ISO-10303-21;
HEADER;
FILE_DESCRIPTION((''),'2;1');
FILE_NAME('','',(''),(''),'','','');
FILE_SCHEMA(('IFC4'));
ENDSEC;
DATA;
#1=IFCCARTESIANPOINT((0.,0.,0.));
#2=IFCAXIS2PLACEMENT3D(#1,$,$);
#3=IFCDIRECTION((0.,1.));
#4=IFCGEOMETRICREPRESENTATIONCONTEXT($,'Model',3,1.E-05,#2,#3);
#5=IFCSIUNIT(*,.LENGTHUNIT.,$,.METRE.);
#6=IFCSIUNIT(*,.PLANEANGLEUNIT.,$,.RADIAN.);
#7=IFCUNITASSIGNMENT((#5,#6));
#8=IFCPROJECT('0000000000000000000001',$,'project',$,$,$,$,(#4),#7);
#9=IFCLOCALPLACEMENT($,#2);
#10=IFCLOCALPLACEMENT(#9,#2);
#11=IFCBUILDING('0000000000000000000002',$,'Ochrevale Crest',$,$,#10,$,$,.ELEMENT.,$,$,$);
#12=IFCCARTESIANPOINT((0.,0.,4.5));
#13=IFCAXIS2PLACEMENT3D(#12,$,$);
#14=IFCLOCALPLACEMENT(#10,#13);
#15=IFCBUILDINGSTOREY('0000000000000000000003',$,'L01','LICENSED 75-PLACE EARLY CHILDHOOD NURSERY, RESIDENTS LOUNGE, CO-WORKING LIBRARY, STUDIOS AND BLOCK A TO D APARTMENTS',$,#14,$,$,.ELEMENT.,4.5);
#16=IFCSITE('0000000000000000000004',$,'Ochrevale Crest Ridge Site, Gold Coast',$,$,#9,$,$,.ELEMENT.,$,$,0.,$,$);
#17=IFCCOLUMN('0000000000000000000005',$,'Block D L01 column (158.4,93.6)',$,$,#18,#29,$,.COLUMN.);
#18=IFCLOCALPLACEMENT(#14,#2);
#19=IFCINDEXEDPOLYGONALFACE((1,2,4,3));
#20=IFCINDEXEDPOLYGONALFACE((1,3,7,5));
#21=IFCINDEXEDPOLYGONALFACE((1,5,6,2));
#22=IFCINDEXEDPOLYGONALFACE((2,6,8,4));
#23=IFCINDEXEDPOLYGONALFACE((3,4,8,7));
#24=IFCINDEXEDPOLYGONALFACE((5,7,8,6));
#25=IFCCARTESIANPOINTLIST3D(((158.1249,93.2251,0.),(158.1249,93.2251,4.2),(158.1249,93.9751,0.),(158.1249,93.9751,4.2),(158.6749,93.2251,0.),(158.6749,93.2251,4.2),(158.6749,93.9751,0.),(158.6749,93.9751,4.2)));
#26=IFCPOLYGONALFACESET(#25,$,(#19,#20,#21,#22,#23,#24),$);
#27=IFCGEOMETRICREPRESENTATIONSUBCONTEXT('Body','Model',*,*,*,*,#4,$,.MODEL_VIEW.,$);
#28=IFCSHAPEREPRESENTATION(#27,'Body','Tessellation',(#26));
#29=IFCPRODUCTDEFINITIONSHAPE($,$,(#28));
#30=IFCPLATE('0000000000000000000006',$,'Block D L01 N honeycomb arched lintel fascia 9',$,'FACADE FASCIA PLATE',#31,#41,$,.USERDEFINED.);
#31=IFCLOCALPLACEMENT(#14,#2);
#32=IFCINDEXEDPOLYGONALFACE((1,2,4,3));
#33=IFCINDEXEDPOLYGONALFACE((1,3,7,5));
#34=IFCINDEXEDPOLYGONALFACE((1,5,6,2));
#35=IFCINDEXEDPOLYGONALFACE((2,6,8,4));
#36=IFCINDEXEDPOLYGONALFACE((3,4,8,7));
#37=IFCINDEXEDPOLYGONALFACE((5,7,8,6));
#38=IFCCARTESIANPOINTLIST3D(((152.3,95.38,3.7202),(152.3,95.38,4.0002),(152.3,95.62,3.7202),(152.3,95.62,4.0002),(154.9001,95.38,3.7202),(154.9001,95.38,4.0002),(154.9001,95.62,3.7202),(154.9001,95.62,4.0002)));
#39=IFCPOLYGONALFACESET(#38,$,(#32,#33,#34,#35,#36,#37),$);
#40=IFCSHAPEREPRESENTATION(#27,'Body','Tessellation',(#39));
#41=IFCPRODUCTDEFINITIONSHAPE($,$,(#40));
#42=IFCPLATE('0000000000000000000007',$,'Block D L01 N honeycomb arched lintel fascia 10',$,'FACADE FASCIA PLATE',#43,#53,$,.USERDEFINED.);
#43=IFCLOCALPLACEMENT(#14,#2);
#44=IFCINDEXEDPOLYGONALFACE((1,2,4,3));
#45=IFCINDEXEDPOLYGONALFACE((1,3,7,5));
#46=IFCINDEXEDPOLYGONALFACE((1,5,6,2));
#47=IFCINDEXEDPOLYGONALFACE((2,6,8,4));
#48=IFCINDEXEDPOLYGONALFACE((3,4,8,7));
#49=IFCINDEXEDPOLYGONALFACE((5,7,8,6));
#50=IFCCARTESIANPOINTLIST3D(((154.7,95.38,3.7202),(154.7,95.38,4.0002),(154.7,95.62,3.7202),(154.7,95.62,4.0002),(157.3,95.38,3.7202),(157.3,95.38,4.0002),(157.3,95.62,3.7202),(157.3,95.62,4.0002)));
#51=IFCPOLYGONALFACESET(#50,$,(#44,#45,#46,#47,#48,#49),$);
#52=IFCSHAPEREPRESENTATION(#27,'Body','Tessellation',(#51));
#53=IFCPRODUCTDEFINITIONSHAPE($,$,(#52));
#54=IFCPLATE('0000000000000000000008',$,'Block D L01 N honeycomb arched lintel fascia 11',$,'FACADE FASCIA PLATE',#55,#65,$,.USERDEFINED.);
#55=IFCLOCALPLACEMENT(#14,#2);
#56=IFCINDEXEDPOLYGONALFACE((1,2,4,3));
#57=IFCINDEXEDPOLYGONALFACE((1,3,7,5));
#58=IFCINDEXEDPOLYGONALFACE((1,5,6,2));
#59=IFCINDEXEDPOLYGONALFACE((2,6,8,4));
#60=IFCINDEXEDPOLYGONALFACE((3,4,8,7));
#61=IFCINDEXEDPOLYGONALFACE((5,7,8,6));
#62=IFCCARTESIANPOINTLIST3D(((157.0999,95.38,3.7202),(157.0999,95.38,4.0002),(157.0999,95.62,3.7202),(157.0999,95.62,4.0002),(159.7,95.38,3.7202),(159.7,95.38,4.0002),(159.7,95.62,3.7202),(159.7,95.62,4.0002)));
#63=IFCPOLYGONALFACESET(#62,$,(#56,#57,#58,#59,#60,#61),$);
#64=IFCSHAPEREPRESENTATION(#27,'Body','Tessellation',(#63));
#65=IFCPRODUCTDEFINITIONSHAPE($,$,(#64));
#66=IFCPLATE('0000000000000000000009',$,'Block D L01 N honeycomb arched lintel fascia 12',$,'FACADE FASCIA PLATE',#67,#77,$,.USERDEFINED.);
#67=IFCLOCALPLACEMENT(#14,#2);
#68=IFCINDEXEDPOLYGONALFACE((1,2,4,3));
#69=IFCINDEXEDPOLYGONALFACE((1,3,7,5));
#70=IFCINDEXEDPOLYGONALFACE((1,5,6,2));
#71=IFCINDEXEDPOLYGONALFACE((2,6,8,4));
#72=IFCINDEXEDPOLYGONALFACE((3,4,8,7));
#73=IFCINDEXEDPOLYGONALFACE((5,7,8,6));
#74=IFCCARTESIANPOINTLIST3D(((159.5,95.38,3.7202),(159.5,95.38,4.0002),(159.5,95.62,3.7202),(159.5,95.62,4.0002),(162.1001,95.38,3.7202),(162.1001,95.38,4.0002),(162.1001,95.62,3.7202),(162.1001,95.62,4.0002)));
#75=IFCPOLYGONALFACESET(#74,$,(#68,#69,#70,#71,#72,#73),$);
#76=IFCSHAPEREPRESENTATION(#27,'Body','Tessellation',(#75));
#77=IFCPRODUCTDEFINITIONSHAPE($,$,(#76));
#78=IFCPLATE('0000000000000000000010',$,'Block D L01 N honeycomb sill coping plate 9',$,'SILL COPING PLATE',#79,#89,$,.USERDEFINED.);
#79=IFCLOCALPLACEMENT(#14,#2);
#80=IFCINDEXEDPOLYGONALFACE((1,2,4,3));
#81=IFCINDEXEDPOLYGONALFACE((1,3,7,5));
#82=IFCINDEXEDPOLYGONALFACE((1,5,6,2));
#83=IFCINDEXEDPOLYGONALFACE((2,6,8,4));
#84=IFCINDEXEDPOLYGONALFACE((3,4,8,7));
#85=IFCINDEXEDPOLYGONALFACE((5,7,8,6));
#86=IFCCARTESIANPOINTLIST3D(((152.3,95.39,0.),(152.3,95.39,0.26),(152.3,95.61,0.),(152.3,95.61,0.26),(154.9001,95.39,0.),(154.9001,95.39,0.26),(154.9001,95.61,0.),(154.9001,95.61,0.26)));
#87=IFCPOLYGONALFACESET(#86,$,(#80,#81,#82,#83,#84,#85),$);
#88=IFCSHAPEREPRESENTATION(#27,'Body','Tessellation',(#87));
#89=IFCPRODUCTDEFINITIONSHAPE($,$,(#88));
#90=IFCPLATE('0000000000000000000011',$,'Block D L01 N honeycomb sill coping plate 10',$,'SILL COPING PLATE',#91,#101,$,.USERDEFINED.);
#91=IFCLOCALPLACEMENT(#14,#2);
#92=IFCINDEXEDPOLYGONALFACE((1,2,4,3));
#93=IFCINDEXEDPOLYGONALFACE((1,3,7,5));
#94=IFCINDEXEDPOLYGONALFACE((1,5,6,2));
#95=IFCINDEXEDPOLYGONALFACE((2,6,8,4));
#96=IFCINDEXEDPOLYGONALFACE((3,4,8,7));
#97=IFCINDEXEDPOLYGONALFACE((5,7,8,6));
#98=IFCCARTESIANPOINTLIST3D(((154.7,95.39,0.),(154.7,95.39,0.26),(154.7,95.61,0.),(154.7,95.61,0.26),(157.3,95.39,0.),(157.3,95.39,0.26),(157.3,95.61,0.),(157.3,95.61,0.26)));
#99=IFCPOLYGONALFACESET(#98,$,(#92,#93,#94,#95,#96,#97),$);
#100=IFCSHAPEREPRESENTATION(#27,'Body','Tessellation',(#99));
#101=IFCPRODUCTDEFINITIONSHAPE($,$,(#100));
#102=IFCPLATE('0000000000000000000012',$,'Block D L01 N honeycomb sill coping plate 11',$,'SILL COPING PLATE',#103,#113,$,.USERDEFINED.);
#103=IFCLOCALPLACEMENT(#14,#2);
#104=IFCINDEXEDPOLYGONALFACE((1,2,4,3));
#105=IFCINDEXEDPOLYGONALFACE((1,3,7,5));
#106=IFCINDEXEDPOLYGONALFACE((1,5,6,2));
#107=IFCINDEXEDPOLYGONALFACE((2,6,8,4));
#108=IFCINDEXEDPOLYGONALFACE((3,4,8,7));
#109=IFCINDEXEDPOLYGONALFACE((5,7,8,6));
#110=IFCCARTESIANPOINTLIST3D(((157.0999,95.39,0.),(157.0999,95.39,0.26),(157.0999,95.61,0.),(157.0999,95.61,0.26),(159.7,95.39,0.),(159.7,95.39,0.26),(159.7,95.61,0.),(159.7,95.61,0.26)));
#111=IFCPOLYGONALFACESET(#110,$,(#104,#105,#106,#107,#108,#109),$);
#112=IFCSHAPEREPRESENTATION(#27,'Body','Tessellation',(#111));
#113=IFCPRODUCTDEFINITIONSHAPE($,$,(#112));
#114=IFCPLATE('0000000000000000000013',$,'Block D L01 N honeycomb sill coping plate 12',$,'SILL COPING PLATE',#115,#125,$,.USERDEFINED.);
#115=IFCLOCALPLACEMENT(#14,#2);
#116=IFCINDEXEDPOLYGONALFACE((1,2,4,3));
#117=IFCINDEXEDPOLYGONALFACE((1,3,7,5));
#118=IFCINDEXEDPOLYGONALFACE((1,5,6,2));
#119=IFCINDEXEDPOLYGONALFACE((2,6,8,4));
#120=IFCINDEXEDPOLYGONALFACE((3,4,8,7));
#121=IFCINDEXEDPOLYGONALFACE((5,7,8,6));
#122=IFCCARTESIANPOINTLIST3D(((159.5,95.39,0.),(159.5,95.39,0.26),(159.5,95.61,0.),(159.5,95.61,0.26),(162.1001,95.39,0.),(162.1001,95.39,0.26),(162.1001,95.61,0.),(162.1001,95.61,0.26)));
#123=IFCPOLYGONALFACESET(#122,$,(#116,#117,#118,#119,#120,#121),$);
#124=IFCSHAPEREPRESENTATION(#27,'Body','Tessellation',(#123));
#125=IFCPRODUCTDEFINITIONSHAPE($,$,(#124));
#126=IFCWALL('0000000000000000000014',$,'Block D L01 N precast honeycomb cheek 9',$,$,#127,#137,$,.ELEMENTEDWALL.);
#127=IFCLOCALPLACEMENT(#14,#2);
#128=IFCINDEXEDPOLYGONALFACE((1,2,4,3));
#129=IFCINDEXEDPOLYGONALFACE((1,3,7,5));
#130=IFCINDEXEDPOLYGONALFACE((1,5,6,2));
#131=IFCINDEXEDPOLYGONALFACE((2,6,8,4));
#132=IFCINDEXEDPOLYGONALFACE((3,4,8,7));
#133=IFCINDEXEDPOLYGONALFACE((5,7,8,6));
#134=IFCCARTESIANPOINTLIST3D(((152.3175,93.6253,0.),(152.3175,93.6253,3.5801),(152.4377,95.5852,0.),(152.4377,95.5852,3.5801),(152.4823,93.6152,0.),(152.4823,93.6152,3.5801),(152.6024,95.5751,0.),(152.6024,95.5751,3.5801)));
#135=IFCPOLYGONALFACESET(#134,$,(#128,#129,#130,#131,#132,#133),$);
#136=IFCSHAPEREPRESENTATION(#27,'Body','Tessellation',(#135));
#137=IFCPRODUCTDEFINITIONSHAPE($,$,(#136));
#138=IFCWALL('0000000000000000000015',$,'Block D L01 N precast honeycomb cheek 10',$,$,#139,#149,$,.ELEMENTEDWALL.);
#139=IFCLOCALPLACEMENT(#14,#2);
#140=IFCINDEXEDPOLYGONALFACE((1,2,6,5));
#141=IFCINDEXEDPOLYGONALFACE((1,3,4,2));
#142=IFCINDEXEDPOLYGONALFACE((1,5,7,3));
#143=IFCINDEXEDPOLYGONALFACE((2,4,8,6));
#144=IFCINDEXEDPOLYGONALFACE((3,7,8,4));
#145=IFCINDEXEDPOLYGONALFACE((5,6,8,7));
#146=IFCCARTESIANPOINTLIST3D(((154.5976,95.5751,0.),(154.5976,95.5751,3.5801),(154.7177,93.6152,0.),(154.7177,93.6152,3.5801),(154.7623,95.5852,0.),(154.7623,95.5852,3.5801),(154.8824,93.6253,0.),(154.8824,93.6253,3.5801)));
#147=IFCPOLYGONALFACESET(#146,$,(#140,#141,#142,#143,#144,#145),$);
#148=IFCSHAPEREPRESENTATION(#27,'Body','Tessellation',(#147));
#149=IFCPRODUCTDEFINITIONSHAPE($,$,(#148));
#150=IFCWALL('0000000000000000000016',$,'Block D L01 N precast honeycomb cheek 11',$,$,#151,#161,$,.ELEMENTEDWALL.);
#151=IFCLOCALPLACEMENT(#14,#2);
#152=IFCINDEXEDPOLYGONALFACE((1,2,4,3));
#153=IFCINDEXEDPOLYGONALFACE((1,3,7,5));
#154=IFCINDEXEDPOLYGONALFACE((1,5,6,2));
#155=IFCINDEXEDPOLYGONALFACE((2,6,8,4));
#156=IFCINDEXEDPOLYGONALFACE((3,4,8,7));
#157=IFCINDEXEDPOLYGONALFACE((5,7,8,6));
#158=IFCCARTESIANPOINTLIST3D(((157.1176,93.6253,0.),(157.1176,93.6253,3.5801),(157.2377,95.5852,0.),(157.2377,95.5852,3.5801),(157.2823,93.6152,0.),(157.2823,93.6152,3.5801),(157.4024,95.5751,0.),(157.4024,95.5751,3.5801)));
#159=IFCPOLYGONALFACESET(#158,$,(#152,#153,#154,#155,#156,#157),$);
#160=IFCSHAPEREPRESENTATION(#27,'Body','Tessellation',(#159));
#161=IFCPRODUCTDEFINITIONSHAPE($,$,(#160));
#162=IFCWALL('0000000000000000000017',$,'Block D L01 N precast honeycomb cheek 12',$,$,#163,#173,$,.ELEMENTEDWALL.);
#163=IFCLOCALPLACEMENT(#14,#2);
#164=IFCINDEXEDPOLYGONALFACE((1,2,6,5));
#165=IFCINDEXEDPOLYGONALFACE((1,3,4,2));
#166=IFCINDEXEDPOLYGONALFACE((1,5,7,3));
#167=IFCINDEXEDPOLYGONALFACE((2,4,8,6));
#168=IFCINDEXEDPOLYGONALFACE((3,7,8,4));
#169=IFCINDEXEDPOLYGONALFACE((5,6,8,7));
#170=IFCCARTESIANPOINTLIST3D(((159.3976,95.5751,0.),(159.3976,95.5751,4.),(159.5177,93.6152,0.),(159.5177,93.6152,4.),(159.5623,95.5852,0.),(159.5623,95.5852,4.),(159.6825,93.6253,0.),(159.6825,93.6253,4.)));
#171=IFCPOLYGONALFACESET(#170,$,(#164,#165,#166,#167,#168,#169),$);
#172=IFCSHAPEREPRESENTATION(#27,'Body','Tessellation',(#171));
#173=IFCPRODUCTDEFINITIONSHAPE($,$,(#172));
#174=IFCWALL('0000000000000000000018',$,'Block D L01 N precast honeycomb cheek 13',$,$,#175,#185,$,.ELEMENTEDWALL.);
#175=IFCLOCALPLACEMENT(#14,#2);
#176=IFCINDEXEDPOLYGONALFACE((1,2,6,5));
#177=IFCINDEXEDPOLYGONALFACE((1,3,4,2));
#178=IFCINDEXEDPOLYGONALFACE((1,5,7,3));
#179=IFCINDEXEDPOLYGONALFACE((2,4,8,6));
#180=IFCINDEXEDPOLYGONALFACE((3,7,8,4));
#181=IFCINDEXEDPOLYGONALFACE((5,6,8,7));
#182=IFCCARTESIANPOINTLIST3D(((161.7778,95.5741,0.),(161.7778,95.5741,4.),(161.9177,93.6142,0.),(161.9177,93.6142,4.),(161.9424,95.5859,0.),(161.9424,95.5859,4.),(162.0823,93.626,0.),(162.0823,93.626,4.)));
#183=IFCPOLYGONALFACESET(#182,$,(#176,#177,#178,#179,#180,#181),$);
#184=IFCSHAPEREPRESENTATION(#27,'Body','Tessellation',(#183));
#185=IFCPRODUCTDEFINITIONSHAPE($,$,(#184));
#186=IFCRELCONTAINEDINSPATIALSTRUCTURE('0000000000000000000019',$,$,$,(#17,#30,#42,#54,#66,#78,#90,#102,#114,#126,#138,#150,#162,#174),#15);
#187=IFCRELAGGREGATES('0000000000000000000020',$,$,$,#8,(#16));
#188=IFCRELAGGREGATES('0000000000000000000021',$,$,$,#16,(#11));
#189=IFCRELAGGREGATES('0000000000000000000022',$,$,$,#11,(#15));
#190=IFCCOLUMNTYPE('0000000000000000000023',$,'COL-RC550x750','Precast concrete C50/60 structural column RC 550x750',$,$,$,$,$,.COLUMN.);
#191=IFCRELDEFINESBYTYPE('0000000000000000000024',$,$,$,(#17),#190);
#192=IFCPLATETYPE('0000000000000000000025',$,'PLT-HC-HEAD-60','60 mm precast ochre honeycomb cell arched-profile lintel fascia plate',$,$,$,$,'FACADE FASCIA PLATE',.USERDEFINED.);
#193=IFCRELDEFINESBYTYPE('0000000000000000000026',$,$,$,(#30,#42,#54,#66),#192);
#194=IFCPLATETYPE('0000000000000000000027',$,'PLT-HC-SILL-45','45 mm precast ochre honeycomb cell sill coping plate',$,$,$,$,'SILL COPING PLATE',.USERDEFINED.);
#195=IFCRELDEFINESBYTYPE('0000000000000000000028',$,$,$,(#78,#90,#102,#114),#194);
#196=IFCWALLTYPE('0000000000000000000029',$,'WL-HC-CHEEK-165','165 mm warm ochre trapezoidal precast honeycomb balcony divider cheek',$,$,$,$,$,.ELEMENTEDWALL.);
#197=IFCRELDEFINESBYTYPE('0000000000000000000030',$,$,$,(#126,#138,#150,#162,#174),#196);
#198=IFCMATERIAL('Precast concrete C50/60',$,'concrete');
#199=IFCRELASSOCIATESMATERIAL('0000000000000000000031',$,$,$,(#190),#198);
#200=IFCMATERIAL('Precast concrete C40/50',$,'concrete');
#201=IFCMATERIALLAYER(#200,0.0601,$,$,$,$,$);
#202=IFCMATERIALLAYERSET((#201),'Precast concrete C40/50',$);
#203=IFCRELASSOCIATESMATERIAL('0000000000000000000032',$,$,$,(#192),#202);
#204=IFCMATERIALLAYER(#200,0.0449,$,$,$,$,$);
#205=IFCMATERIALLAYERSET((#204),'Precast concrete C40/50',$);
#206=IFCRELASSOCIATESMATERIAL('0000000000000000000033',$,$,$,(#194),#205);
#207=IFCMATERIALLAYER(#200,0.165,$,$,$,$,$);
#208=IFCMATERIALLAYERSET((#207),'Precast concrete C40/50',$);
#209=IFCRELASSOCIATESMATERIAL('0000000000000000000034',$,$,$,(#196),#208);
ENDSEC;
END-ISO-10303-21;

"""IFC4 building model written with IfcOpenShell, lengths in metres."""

from ifc_helpers import new_model, si_unit, direction, frame, frame_2d, origin, origin_2d, place, context, subcontext, project, spatial, rectangle, extrude, material, layer, layer_set, material_profile, profile_set, type_object, element, save


model = new_model("IFC4")

# Units and contexts
model_context = context("Model", 3, precision=1e-05, world=origin(), true_north=direction((0.0, 1.0)))
body_context = subcontext(model_context, "Body", "Model", "MODEL_VIEW")
ifc_project = project(units=[si_unit("LENGTHUNIT", "METRE"), si_unit("PLANEANGLEUNIT", "RADIAN")], contexts=[model_context])

# Site, building, storey
site_placement = place(None, origin())
site = spatial("IfcSite", under=ifc_project, at=site_placement, Name="Ochrevale Crest Ridge Site, Gold Coast", CompositionType="ELEMENT", RefElevation=0.0)
building_placement = place(site_placement, origin())
building = spatial("IfcBuilding", under=site, at=building_placement, Name="Ochrevale Crest", CompositionType="ELEMENT")
storey_placement = place(building_placement, frame((0.0, 0.0, 4.5)))
storey = spatial("IfcBuildingStorey", under=building, at=storey_placement, Name="L01", Description="LICENSED 75-PLACE EARLY CHILDHOOD NURSERY, RESIDENTS LOUNGE, CO-WORKING LIBRARY, STUDIOS AND BLOCK A TO D APARTMENTS", CompositionType="ELEMENT", Elevation=4.5)

# Column
ifc_material_1 = material(Name="Precast concrete C50/60", Category="concrete")
ifc_material_profile = material_profile(ifc_material_1, rectangle(XDim=0.55, YDim=0.75, at=origin_2d()), Name="RC 550x750")
ifc_profile_set = profile_set([ifc_material_profile], Name="Precast concrete C50/60")
column_type = type_object("IfcColumnType", Name="COL-RC550x750", Description="Precast concrete C50/60 structural column RC 550x750", PredefinedType="COLUMN", material=ifc_profile_set)
column_placement = place(storey_placement, frame((158.3999, 93.6001, 0.0), z_axis=(0.0, 0.0, 1.0), x_axis=(1.0, 0.0, 0.0)))
element("IfcColumn", 1, at=column_placement, inside=storey, type_object=column_type, Name="Block D L01 column (158.4,93.6)", PredefinedType="COLUMN", context=body_context, shape_type="SweptSolid", body=[
    extrude(rectangle(XDim=0.55, YDim=0.75, at=origin_2d()), origin(), (0.0, 0.0, 1.0), 4.2),
])

# Plates
ifc_material_2 = material(Name="Precast concrete C40/50", Category="concrete")
ifc_layer_1 = layer(ifc_material_2, 0.0601)
ifc_layer_set_1 = layer_set([ifc_layer_1], Name="Precast concrete C40/50")
plate_type_1 = type_object("IfcPlateType", Name="PLT-HC-HEAD-60", Description="60 mm precast ochre honeycomb cell arched-profile lintel fascia plate", ElementType="FACADE FASCIA PLATE", PredefinedType="USERDEFINED", material=ifc_layer_set_1)
for number, where, z_axis, x_axis, name in (
    (2, (153.6001, 95.5, 3.7202), (0.0, 0.0, 1.0), (1.0, 0.0, 0.0), "Block D L01 N honeycomb arched lintel fascia 9"),
    (3, (156.0, 95.5, 3.7202), (0.0, 0.0, 1.0), (1.0, 0.0, 0.0), "Block D L01 N honeycomb arched lintel fascia 10"),
    (4, (158.3999, 95.5, 3.7202), (0.0, 0.0, 1.0), (1.0, 0.0, 0.0), "Block D L01 N honeycomb arched lintel fascia 11"),
    (5, (160.8, 95.5, 3.7202), (0.0, 0.0, 1.0), (1.0, 0.0, 0.0), "Block D L01 N honeycomb arched lintel fascia 12"),
):
    element("IfcPlate", number, at=place(storey_placement, frame(where, z_axis=z_axis, x_axis=x_axis)), inside=storey, type_object=plate_type_1, Name=name, ObjectType="FACADE FASCIA PLATE", PredefinedType="USERDEFINED", context=body_context, shape_type="SweptSolid", body=[
        extrude(rectangle(XDim=2.6001, YDim=0.24, at=origin_2d()), origin(), (0.0, 0.0, 1.0), 0.28),
    ])
ifc_layer_2 = layer(ifc_material_2, 0.0449)
ifc_layer_set_2 = layer_set([ifc_layer_2], Name="Precast concrete C40/50")
plate_type_2 = type_object("IfcPlateType", Name="PLT-HC-SILL-45", Description="45 mm precast ochre honeycomb cell sill coping plate", ElementType="SILL COPING PLATE", PredefinedType="USERDEFINED", material=ifc_layer_set_2)
for number, where, z_axis, x_axis, name in (
    (6, (153.6001, 95.5, 0.0), (0.0, 0.0, 1.0), (1.0, 0.0, 0.0), "Block D L01 N honeycomb sill coping plate 9"),
    (7, (156.0, 95.5, 0.0), (0.0, 0.0, 1.0), (1.0, 0.0, 0.0), "Block D L01 N honeycomb sill coping plate 10"),
    (8, (158.3999, 95.5, 0.0), (0.0, 0.0, 1.0), (1.0, 0.0, 0.0), "Block D L01 N honeycomb sill coping plate 11"),
    (9, (160.8, 95.5, 0.0), (0.0, 0.0, 1.0), (1.0, 0.0, 0.0), "Block D L01 N honeycomb sill coping plate 12"),
):
    element("IfcPlate", number, at=place(storey_placement, frame(where, z_axis=z_axis, x_axis=x_axis)), inside=storey, type_object=plate_type_2, Name=name, ObjectType="SILL COPING PLATE", PredefinedType="USERDEFINED", context=body_context, shape_type="SweptSolid", body=[
        extrude(rectangle(XDim=2.6001, YDim=0.22, at=origin_2d()), origin(), (0.0, 0.0, 1.0), 0.26),
    ])

# Walls
ifc_layer_3 = layer(ifc_material_2, 0.165)
ifc_layer_set_3 = layer_set([ifc_layer_3], Name="Precast concrete C40/50")
wall_type = type_object("IfcWallType", Name="WL-HC-CHEEK-165", Description="165 mm warm ochre trapezoidal precast honeycomb balcony divider cheek", PredefinedType="ELEMENTEDWALL", material=ifc_layer_set_3)
for number, where, z_axis, x_axis, name in (
    (10, (152.3999, 93.6201, 0.0), (0.0, 0.0, 1.0), (0.061171, 0.998127, 0.0), "Block D L01 N precast honeycomb cheek 9"),
    (11, (154.8, 93.6201, 0.0), (0.0, 0.0, 1.0), (-0.061171, 0.998127, 0.0), "Block D L01 N precast honeycomb cheek 10"),
    (12, (157.2, 93.6201, 0.0), (0.0, 0.0, 1.0), (0.061171, 0.998127, 0.0), "Block D L01 N precast honeycomb cheek 11"),
):
    element("IfcWall", number, at=place(storey_placement, frame(where, z_axis=z_axis, x_axis=x_axis)), inside=storey, type_object=wall_type, Name=name, PredefinedType="ELEMENTEDWALL", context=body_context, shape_type="SweptSolid", body=[
        extrude(rectangle(XDim=1.9636, YDim=0.165, at=frame_2d((0.9819, 0.0))), origin(), (0.0, 0.0, 1.0), 3.5801),
    ])
wall_1_placement = place(storey_placement, frame((159.6001, 93.6201, 0.0), z_axis=(0.0, 0.0, 1.0), x_axis=(-0.061171, 0.998127, 0.0)))
element("IfcWall", 13, at=wall_1_placement, inside=storey, type_object=wall_type, Name="Block D L01 N precast honeycomb cheek 12", PredefinedType="ELEMENTEDWALL", context=body_context, shape_type="SweptSolid", body=[
    extrude(rectangle(XDim=1.9636, YDim=0.165, at=frame_2d((0.9819, 0.0))), origin(), (0.0, 0.0, 1.0), 4.0),
])
wall_2_placement = place(storey_placement, frame((162.0, 93.6201, 0.0), z_axis=(0.0, 0.0, 1.0), x_axis=(-0.071194, 0.997462, 0.0)))
element("IfcWall", 14, at=wall_2_placement, inside=storey, type_object=wall_type, Name="Block D L01 N precast honeycomb cheek 13", PredefinedType="ELEMENTEDWALL", context=body_context, shape_type="SweptSolid", body=[
    extrude(rectangle(XDim=1.9648, YDim=0.165, at=frame_2d((0.9824, 0.0))), origin(), (0.0, 0.0, 1.0), 4.0),
])

save(model, "model.ifc")
